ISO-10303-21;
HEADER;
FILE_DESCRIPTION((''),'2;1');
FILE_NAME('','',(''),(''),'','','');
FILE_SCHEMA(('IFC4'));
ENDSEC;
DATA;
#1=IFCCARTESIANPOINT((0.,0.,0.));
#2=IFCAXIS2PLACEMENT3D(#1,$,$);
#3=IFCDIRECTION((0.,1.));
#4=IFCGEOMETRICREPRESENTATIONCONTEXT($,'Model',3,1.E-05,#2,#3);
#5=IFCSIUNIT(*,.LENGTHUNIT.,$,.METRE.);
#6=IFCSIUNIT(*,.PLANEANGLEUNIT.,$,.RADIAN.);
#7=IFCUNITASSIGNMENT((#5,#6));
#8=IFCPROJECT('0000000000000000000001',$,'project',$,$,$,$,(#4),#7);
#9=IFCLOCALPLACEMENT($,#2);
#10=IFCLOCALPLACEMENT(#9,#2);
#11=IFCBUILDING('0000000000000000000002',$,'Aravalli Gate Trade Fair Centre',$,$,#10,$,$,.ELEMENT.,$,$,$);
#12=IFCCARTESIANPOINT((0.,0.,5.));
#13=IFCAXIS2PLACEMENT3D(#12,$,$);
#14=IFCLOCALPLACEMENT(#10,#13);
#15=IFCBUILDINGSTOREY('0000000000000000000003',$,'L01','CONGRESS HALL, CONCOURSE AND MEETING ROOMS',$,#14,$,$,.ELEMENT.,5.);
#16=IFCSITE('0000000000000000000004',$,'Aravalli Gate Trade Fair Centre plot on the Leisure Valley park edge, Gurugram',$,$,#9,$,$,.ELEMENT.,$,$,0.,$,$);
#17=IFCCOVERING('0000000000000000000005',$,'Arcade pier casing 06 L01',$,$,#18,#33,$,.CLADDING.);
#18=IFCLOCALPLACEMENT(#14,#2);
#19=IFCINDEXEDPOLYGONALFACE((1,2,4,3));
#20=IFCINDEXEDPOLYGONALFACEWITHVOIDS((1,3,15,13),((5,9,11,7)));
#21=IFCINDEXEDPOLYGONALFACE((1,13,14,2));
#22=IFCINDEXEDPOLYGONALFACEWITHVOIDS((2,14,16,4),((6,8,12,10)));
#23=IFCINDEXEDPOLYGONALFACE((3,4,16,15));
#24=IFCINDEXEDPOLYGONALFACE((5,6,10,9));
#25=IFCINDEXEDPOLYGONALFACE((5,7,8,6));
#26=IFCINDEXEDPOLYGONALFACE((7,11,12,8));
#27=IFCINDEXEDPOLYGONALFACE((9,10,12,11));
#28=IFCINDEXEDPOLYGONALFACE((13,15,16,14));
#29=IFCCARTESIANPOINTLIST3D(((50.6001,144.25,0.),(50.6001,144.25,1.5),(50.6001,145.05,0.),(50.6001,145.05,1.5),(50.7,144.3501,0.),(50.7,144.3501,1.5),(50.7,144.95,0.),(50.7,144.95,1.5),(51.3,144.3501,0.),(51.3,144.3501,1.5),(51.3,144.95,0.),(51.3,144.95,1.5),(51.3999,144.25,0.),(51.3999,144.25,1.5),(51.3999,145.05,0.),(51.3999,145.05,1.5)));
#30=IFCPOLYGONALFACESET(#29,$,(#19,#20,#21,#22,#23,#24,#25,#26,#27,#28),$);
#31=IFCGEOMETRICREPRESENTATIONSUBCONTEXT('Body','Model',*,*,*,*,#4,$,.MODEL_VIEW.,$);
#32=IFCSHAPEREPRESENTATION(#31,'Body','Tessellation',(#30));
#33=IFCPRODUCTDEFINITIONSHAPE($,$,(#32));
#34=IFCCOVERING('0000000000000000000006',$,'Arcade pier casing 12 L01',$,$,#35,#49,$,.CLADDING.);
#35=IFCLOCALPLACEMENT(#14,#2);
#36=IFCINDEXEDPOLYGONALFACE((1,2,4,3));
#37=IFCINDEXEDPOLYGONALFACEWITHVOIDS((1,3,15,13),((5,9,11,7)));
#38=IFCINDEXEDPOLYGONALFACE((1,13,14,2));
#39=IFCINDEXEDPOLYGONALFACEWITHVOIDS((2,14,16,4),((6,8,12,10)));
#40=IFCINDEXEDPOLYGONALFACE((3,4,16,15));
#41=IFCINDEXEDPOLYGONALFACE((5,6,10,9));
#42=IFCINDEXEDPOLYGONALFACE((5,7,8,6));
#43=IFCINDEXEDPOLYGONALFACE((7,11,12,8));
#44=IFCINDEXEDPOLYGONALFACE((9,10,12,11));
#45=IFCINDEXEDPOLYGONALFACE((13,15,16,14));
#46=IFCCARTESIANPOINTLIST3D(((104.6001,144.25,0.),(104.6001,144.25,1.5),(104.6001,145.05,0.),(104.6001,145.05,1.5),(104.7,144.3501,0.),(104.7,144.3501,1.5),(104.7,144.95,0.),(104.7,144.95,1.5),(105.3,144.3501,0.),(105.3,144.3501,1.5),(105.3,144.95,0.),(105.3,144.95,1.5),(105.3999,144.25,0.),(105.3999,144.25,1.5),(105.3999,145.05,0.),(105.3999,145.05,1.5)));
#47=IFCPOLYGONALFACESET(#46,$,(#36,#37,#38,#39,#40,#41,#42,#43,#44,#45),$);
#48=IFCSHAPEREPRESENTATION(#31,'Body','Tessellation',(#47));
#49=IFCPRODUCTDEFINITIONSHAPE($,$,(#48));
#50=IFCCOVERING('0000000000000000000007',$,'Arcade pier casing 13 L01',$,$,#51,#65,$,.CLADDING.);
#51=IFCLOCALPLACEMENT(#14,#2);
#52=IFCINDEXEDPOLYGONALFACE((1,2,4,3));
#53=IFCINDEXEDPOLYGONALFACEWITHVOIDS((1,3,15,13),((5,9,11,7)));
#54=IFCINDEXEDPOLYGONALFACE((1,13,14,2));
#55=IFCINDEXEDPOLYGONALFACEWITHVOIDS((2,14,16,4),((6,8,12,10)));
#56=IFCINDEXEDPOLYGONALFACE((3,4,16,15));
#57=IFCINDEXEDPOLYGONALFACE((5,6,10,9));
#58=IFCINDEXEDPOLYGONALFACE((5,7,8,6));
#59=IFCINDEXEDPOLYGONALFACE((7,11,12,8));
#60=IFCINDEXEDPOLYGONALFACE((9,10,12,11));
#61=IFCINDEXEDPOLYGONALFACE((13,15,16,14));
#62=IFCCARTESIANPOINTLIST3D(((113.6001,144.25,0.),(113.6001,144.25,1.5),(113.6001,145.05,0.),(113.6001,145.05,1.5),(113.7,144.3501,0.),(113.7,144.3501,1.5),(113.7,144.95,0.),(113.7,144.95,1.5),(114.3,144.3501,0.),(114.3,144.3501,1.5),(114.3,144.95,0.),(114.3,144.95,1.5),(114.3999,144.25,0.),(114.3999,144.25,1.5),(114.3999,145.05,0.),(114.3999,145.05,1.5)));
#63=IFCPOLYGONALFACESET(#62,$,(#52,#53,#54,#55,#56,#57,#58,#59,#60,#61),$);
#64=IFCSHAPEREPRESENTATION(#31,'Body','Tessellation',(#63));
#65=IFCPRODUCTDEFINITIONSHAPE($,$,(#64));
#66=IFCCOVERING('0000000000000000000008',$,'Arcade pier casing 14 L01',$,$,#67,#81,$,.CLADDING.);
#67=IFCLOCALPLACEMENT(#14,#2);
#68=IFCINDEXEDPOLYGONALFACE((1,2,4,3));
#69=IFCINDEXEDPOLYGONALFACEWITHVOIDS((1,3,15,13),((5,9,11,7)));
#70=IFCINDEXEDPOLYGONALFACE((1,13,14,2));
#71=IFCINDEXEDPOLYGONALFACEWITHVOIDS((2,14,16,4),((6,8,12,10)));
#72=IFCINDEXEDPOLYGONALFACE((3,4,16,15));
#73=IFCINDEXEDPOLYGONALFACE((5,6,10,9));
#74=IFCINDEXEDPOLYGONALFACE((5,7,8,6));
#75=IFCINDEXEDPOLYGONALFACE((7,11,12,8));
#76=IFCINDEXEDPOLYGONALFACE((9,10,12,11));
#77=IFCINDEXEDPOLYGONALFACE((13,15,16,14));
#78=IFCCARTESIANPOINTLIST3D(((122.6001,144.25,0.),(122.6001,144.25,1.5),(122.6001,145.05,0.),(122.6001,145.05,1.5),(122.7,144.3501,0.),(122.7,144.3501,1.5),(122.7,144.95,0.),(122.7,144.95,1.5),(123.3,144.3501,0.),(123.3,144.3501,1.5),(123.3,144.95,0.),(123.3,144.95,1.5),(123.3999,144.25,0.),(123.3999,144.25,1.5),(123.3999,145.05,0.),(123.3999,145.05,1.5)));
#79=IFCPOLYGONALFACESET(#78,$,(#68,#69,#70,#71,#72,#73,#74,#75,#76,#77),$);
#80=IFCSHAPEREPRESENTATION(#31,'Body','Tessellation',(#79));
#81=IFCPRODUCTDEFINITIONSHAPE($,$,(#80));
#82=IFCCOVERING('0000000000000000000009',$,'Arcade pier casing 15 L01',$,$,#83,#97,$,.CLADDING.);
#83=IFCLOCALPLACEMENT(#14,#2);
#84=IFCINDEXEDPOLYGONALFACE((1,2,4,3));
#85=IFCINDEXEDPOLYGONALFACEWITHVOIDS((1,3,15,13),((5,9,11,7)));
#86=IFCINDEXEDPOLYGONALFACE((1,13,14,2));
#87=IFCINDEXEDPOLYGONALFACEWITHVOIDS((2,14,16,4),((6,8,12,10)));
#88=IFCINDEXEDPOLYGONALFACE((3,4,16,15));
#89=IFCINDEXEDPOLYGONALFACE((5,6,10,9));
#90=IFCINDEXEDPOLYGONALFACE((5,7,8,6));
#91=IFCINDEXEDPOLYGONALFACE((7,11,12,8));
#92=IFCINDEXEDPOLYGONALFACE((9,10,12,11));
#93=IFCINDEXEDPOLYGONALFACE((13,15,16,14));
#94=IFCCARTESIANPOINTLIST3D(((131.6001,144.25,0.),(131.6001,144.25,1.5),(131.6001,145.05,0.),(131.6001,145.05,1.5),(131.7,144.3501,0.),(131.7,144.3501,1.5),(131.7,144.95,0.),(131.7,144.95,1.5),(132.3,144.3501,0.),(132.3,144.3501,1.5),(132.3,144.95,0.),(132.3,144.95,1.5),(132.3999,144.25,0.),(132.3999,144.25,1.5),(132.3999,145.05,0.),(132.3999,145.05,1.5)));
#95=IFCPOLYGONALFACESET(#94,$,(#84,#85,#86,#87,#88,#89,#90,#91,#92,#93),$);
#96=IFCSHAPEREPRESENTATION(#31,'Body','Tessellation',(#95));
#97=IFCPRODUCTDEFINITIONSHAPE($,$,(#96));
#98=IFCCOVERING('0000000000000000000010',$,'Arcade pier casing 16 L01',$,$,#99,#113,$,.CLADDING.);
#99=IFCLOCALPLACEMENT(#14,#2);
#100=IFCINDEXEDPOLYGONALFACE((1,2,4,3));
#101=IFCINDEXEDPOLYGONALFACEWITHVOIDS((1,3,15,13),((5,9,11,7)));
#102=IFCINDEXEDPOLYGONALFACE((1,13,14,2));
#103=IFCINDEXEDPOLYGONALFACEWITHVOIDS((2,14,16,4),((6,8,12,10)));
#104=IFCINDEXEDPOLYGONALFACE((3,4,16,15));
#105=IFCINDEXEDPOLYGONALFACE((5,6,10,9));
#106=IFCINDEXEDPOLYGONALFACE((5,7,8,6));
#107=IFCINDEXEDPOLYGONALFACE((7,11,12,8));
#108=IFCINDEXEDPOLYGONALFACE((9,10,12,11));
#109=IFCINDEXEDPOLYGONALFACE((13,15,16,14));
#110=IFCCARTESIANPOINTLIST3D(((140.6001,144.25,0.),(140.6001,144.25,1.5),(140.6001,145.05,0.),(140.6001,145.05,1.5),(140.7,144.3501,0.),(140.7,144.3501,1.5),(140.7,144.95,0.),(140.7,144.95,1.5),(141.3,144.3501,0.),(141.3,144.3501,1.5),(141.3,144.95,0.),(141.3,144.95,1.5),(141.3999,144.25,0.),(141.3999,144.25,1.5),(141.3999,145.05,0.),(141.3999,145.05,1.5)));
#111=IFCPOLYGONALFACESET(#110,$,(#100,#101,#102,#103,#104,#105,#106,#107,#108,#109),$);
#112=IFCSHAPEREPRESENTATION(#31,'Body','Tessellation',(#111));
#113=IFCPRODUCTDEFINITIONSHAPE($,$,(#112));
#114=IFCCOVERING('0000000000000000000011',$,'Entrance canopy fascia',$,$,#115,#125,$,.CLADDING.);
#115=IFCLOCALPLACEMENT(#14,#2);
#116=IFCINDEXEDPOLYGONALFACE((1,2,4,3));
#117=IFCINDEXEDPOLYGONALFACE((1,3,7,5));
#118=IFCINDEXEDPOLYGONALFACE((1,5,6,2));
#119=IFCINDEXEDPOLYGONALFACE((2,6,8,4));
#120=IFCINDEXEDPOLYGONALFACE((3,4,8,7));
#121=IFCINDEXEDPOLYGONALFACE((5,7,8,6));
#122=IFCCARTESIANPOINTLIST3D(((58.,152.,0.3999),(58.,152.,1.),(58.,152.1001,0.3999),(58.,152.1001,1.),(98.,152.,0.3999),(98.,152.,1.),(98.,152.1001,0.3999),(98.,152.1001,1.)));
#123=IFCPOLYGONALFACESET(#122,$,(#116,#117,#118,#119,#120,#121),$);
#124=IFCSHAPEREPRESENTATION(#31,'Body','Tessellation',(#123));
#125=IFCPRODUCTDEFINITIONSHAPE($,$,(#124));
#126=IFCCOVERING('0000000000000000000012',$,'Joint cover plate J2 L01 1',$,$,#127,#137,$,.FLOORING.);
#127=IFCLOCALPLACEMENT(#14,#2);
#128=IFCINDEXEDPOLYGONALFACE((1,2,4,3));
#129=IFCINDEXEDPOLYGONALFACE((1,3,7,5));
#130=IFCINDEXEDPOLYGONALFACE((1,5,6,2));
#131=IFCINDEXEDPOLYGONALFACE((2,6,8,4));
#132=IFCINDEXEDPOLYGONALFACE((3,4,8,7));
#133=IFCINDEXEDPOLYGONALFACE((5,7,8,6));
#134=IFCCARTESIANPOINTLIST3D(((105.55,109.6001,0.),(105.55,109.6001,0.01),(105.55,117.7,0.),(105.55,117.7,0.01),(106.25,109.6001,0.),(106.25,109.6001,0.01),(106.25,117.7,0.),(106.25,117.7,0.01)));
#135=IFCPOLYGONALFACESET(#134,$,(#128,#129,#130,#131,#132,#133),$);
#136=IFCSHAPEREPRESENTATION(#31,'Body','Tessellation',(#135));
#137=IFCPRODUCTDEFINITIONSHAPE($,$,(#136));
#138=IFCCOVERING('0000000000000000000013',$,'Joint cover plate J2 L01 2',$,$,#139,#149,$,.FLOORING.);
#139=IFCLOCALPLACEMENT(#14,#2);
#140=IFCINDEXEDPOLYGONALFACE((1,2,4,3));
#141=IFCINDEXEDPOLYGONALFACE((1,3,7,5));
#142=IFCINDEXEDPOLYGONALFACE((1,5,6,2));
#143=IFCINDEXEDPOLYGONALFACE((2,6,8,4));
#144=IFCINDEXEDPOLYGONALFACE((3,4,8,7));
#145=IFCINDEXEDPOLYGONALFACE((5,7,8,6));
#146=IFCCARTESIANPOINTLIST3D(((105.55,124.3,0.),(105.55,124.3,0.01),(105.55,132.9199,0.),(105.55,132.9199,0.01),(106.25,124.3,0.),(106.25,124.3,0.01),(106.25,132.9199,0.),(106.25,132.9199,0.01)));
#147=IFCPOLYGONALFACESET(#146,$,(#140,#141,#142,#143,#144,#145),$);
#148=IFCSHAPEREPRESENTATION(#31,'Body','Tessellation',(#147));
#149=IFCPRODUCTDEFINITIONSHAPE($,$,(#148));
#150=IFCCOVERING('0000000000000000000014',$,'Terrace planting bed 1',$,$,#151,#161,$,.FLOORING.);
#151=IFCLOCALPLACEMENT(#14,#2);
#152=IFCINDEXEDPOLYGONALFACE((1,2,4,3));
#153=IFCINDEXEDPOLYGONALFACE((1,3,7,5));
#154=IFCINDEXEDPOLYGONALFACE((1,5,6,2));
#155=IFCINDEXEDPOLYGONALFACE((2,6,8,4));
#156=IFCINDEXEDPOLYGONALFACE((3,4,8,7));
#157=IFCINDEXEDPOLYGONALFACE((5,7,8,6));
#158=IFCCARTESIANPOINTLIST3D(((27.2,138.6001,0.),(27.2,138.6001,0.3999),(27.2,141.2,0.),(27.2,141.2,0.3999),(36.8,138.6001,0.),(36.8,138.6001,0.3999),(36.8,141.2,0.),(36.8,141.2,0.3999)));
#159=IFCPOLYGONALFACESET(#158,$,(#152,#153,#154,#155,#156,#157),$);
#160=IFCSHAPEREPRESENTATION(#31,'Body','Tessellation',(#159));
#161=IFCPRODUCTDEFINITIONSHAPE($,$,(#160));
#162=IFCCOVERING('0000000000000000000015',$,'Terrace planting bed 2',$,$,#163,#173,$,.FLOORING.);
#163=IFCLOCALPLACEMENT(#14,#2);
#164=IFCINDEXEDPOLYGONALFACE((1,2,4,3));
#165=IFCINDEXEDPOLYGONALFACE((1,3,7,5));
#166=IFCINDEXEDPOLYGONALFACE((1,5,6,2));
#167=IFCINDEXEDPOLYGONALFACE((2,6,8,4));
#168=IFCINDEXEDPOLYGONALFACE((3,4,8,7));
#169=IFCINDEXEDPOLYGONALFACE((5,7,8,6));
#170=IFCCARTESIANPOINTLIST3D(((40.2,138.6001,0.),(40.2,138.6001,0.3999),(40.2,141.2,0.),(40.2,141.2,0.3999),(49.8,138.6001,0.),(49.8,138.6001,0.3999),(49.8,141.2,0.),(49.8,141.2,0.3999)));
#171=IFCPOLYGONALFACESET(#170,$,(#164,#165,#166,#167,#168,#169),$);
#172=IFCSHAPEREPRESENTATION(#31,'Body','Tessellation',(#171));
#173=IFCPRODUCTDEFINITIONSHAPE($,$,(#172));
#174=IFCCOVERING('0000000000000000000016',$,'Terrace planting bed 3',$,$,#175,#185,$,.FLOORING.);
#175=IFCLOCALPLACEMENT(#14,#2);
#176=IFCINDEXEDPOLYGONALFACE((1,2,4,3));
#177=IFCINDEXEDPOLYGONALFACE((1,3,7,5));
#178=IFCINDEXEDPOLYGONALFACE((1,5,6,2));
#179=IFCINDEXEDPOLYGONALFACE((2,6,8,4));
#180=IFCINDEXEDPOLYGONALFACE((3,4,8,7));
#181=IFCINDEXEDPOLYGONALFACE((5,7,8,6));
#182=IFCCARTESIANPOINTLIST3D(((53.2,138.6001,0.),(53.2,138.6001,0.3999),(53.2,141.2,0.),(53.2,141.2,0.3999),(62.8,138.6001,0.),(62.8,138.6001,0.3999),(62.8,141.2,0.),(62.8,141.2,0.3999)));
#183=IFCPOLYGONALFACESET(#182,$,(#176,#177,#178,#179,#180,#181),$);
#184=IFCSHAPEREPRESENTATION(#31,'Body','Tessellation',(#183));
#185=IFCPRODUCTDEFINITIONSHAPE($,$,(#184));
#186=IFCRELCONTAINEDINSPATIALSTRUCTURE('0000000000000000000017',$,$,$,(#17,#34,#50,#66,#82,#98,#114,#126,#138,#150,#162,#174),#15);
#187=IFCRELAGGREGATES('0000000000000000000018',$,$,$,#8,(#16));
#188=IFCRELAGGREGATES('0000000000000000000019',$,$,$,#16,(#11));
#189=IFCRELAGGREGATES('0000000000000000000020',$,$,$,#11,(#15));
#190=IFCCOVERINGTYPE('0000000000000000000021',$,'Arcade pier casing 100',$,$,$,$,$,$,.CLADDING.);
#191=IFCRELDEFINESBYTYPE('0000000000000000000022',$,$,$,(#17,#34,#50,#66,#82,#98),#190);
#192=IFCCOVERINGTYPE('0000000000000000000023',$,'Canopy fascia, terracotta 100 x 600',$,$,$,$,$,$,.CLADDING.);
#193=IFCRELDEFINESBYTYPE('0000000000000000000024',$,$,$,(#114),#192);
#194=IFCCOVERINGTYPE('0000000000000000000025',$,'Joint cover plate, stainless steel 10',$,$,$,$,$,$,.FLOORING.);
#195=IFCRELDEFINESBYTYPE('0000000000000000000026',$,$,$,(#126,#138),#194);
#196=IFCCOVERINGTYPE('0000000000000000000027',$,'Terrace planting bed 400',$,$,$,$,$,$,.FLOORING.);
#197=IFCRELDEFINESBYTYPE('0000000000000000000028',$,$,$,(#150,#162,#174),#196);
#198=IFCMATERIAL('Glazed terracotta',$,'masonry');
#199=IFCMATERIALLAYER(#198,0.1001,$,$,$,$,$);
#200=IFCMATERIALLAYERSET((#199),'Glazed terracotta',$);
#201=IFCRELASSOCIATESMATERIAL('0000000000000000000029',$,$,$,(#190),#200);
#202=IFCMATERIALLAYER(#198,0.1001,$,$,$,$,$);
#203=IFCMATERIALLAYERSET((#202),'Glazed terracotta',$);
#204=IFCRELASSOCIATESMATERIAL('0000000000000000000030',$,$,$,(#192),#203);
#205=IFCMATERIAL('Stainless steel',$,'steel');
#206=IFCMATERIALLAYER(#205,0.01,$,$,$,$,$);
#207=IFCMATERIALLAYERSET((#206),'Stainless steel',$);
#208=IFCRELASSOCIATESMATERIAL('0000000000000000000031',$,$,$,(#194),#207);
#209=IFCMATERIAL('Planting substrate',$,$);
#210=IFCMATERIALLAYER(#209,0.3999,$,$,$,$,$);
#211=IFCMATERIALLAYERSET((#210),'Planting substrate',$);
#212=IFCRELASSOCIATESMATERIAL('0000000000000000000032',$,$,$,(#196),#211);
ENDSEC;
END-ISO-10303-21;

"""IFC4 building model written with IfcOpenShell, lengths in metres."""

from ifc_helpers import new_model, si_unit, direction, frame, origin, place, context, subcontext, project, spatial, polyline, outline, extrude, material, layer, layer_set, type_object, element, save


model = new_model("IFC4")

# Units and contexts
model_context = context("Model", 3, precision=1e-05, world=origin(), true_north=direction((0.0, 1.0)))
body_context = subcontext(model_context, "Body", "Model", "MODEL_VIEW")
ifc_project = project(units=[si_unit("LENGTHUNIT", "METRE"), si_unit("PLANEANGLEUNIT", "RADIAN")], contexts=[model_context])

# Site, building, storey
site_placement = place(None, origin())
site = spatial("IfcSite", under=ifc_project, at=site_placement, Name="Aravalli Gate Trade Fair Centre plot on the Leisure Valley park edge, Gurugram", CompositionType="ELEMENT", RefElevation=0.0)
building_placement = place(site_placement, origin())
building = spatial("IfcBuilding", under=site, at=building_placement, Name="Aravalli Gate Trade Fair Centre", CompositionType="ELEMENT")
storey_placement = place(building_placement, frame((0.0, 0.0, 5.0)))
storey = spatial("IfcBuildingStorey", under=building, at=storey_placement, Name="L01", Description="CONGRESS HALL, CONCOURSE AND MEETING ROOMS", CompositionType="ELEMENT", Elevation=5.0)

# Coverings
ifc_material_1 = material(Name="Glazed terracotta", Category="masonry")
ifc_layer_1 = layer(ifc_material_1, 0.1001)
ifc_layer_set_1 = layer_set([ifc_layer_1], Name="Glazed terracotta")
covering_type_1 = type_object("IfcCoveringType", Name="Arcade pier casing 100", PredefinedType="CLADDING", material=ifc_layer_set_1)
covering_1_placement = place(storey_placement, origin())
element("IfcCovering", 1, at=covering_1_placement, inside=storey, type_object=covering_type_1, Name="Arcade pier casing 06 L01", PredefinedType="CLADDING", context=body_context, shape_type="SweptSolid", body=[
    extrude(outline(polyline([(50.6001, 144.25), (51.3999, 144.25), (51.3999, 145.05), (50.6001, 145.05), (50.6001, 144.25)]), holes=[polyline([(51.3, 144.95), (51.3, 144.3501), (50.7, 144.3501), (50.7, 144.95), (51.3, 144.95)])]), origin(), (0.0, 0.0, 1.0), 1.5),
])
covering_2_placement = place(storey_placement, origin())
element("IfcCovering", 2, at=covering_2_placement, inside=storey, type_object=covering_type_1, Name="Arcade pier casing 12 L01", PredefinedType="CLADDING", context=body_context, shape_type="SweptSolid", body=[
    extrude(outline(polyline([(104.6001, 144.25), (105.3999, 144.25), (105.3999, 145.05), (104.6001, 145.05), (104.6001, 144.25)]), holes=[polyline([(105.3, 144.95), (105.3, 144.3501), (104.7, 144.3501), (104.7, 144.95), (105.3, 144.95)])]), origin(), (0.0, 0.0, 1.0), 1.5),
])
covering_3_placement = place(storey_placement, origin())
element("IfcCovering", 3, at=covering_3_placement, inside=storey, type_object=covering_type_1, Name="Arcade pier casing 13 L01", PredefinedType="CLADDING", context=body_context, shape_type="SweptSolid", body=[
    extrude(outline(polyline([(113.6001, 144.25), (114.3999, 144.25), (114.3999, 145.05), (113.6001, 145.05), (113.6001, 144.25)]), holes=[polyline([(114.3, 144.95), (114.3, 144.3501), (113.7, 144.3501), (113.7, 144.95), (114.3, 144.95)])]), origin(), (0.0, 0.0, 1.0), 1.5),
])
covering_4_placement = place(storey_placement, origin())
element("IfcCovering", 4, at=covering_4_placement, inside=storey, type_object=covering_type_1, Name="Arcade pier casing 14 L01", PredefinedType="CLADDING", context=body_context, shape_type="SweptSolid", body=[
    extrude(outline(polyline([(122.6001, 144.25), (123.3999, 144.25), (123.3999, 145.05), (122.6001, 145.05), (122.6001, 144.25)]), holes=[polyline([(123.3, 144.95), (123.3, 144.3501), (122.7, 144.3501), (122.7, 144.95), (123.3, 144.95)])]), origin(), (0.0, 0.0, 1.0), 1.5),
])
covering_5_placement = place(storey_placement, origin())
element("IfcCovering", 5, at=covering_5_placement, inside=storey, type_object=covering_type_1, Name="Arcade pier casing 15 L01", PredefinedType="CLADDING", context=body_context, shape_type="SweptSolid", body=[
    extrude(outline(polyline([(131.6001, 144.25), (132.3999, 144.25), (132.3999, 145.05), (131.6001, 145.05), (131.6001, 144.25)]), holes=[polyline([(132.3, 144.95), (132.3, 144.3501), (131.7, 144.3501), (131.7, 144.95), (132.3, 144.95)])]), origin(), (0.0, 0.0, 1.0), 1.5),
])
covering_6_placement = place(storey_placement, origin())
element("IfcCovering", 6, at=covering_6_placement, inside=storey, type_object=covering_type_1, Name="Arcade pier casing 16 L01", PredefinedType="CLADDING", context=body_context, shape_type="SweptSolid", body=[
    extrude(outline(polyline([(140.6001, 144.25), (141.3999, 144.25), (141.3999, 145.05), (140.6001, 145.05), (140.6001, 144.25)]), holes=[polyline([(141.3, 144.95), (141.3, 144.3501), (140.7, 144.3501), (140.7, 144.95), (141.3, 144.95)])]), origin(), (0.0, 0.0, 1.0), 1.5),
])
ifc_layer_2 = layer(ifc_material_1, 0.1001)
ifc_layer_set_2 = layer_set([ifc_layer_2], Name="Glazed terracotta")
covering_type_2 = type_object("IfcCoveringType", Name="Canopy fascia, terracotta 100 x 600", PredefinedType="CLADDING", material=ifc_layer_set_2)
covering_7_placement = place(storey_placement, frame((0.0, 0.0, 0.3999)))
element("IfcCovering", 7, at=covering_7_placement, inside=storey, type_object=covering_type_2, Name="Entrance canopy fascia", PredefinedType="CLADDING", context=body_context, shape_type="SweptSolid", body=[
    extrude(outline(polyline([(98.0, 152.0), (98.0, 152.1001), (58.0, 152.1001), (58.0, 152.0), (98.0, 152.0)])), origin(), (0.0, 0.0, 1.0), 0.6001),
])
ifc_material_2 = material(Name="Stainless steel", Category="steel")
ifc_layer_3 = layer(ifc_material_2, 0.01)
ifc_layer_set_3 = layer_set([ifc_layer_3], Name="Stainless steel")
covering_type_3 = type_object("IfcCoveringType", Name="Joint cover plate, stainless steel 10", PredefinedType="FLOORING", material=ifc_layer_set_3)
covering_8_placement = place(storey_placement, origin())
element("IfcCovering", 8, at=covering_8_placement, inside=storey, type_object=covering_type_3, Name="Joint cover plate J2 L01 1", PredefinedType="FLOORING", context=body_context, shape_type="SweptSolid", body=[
    extrude(outline(polyline([(106.25, 109.6001), (106.25, 117.7), (105.55, 117.7), (105.55, 109.6001), (106.25, 109.6001)])), origin(), (0.0, 0.0, 1.0), 0.01),
])
covering_9_placement = place(storey_placement, origin())
element("IfcCovering", 9, at=covering_9_placement, inside=storey, type_object=covering_type_3, Name="Joint cover plate J2 L01 2", PredefinedType="FLOORING", context=body_context, shape_type="SweptSolid", body=[
    extrude(outline(polyline([(105.55, 132.9199), (105.55, 124.3), (106.25, 124.3), (106.25, 132.9199), (105.55, 132.9199)])), origin(), (0.0, 0.0, 1.0), 0.01),
])
ifc_material_3 = material(Name="Planting substrate")
ifc_layer_4 = layer(ifc_material_3, 0.3999)
ifc_layer_set_4 = layer_set([ifc_layer_4], Name="Planting substrate")
covering_type_4 = type_object("IfcCoveringType", Name="Terrace planting bed 400", PredefinedType="FLOORING", material=ifc_layer_set_4)
covering_10_placement = place(storey_placement, origin())
element("IfcCovering", 10, at=covering_10_placement, inside=storey, type_object=covering_type_4, Name="Terrace planting bed 1", PredefinedType="FLOORING", context=body_context, shape_type="SweptSolid", body=[
    extrude(outline(polyline([(36.8, 138.6001), (36.8, 141.2), (27.2, 141.2), (27.2, 138.6001), (36.8, 138.6001)])), origin(), (0.0, 0.0, 1.0), 0.3999),
])
covering_11_placement = place(storey_placement, origin())
element("IfcCovering", 11, at=covering_11_placement, inside=storey, type_object=covering_type_4, Name="Terrace planting bed 2", PredefinedType="FLOORING", context=body_context, shape_type="SweptSolid", body=[
    extrude(outline(polyline([(49.8, 138.6001), (49.8, 141.2), (40.2, 141.2), (40.2, 138.6001), (49.8, 138.6001)])), origin(), (0.0, 0.0, 1.0), 0.3999),
])
covering_12_placement = place(storey_placement, origin())
element("IfcCovering", 12, at=covering_12_placement, inside=storey, type_object=covering_type_4, Name="Terrace planting bed 3", PredefinedType="FLOORING", context=body_context, shape_type="SweptSolid", body=[
    extrude(outline(polyline([(62.8, 138.6001), (62.8, 141.2), (53.2, 141.2), (53.2, 138.6001), (62.8, 138.6001)])), origin(), (0.0, 0.0, 1.0), 0.3999),
])

save(model, "model.ifc")
